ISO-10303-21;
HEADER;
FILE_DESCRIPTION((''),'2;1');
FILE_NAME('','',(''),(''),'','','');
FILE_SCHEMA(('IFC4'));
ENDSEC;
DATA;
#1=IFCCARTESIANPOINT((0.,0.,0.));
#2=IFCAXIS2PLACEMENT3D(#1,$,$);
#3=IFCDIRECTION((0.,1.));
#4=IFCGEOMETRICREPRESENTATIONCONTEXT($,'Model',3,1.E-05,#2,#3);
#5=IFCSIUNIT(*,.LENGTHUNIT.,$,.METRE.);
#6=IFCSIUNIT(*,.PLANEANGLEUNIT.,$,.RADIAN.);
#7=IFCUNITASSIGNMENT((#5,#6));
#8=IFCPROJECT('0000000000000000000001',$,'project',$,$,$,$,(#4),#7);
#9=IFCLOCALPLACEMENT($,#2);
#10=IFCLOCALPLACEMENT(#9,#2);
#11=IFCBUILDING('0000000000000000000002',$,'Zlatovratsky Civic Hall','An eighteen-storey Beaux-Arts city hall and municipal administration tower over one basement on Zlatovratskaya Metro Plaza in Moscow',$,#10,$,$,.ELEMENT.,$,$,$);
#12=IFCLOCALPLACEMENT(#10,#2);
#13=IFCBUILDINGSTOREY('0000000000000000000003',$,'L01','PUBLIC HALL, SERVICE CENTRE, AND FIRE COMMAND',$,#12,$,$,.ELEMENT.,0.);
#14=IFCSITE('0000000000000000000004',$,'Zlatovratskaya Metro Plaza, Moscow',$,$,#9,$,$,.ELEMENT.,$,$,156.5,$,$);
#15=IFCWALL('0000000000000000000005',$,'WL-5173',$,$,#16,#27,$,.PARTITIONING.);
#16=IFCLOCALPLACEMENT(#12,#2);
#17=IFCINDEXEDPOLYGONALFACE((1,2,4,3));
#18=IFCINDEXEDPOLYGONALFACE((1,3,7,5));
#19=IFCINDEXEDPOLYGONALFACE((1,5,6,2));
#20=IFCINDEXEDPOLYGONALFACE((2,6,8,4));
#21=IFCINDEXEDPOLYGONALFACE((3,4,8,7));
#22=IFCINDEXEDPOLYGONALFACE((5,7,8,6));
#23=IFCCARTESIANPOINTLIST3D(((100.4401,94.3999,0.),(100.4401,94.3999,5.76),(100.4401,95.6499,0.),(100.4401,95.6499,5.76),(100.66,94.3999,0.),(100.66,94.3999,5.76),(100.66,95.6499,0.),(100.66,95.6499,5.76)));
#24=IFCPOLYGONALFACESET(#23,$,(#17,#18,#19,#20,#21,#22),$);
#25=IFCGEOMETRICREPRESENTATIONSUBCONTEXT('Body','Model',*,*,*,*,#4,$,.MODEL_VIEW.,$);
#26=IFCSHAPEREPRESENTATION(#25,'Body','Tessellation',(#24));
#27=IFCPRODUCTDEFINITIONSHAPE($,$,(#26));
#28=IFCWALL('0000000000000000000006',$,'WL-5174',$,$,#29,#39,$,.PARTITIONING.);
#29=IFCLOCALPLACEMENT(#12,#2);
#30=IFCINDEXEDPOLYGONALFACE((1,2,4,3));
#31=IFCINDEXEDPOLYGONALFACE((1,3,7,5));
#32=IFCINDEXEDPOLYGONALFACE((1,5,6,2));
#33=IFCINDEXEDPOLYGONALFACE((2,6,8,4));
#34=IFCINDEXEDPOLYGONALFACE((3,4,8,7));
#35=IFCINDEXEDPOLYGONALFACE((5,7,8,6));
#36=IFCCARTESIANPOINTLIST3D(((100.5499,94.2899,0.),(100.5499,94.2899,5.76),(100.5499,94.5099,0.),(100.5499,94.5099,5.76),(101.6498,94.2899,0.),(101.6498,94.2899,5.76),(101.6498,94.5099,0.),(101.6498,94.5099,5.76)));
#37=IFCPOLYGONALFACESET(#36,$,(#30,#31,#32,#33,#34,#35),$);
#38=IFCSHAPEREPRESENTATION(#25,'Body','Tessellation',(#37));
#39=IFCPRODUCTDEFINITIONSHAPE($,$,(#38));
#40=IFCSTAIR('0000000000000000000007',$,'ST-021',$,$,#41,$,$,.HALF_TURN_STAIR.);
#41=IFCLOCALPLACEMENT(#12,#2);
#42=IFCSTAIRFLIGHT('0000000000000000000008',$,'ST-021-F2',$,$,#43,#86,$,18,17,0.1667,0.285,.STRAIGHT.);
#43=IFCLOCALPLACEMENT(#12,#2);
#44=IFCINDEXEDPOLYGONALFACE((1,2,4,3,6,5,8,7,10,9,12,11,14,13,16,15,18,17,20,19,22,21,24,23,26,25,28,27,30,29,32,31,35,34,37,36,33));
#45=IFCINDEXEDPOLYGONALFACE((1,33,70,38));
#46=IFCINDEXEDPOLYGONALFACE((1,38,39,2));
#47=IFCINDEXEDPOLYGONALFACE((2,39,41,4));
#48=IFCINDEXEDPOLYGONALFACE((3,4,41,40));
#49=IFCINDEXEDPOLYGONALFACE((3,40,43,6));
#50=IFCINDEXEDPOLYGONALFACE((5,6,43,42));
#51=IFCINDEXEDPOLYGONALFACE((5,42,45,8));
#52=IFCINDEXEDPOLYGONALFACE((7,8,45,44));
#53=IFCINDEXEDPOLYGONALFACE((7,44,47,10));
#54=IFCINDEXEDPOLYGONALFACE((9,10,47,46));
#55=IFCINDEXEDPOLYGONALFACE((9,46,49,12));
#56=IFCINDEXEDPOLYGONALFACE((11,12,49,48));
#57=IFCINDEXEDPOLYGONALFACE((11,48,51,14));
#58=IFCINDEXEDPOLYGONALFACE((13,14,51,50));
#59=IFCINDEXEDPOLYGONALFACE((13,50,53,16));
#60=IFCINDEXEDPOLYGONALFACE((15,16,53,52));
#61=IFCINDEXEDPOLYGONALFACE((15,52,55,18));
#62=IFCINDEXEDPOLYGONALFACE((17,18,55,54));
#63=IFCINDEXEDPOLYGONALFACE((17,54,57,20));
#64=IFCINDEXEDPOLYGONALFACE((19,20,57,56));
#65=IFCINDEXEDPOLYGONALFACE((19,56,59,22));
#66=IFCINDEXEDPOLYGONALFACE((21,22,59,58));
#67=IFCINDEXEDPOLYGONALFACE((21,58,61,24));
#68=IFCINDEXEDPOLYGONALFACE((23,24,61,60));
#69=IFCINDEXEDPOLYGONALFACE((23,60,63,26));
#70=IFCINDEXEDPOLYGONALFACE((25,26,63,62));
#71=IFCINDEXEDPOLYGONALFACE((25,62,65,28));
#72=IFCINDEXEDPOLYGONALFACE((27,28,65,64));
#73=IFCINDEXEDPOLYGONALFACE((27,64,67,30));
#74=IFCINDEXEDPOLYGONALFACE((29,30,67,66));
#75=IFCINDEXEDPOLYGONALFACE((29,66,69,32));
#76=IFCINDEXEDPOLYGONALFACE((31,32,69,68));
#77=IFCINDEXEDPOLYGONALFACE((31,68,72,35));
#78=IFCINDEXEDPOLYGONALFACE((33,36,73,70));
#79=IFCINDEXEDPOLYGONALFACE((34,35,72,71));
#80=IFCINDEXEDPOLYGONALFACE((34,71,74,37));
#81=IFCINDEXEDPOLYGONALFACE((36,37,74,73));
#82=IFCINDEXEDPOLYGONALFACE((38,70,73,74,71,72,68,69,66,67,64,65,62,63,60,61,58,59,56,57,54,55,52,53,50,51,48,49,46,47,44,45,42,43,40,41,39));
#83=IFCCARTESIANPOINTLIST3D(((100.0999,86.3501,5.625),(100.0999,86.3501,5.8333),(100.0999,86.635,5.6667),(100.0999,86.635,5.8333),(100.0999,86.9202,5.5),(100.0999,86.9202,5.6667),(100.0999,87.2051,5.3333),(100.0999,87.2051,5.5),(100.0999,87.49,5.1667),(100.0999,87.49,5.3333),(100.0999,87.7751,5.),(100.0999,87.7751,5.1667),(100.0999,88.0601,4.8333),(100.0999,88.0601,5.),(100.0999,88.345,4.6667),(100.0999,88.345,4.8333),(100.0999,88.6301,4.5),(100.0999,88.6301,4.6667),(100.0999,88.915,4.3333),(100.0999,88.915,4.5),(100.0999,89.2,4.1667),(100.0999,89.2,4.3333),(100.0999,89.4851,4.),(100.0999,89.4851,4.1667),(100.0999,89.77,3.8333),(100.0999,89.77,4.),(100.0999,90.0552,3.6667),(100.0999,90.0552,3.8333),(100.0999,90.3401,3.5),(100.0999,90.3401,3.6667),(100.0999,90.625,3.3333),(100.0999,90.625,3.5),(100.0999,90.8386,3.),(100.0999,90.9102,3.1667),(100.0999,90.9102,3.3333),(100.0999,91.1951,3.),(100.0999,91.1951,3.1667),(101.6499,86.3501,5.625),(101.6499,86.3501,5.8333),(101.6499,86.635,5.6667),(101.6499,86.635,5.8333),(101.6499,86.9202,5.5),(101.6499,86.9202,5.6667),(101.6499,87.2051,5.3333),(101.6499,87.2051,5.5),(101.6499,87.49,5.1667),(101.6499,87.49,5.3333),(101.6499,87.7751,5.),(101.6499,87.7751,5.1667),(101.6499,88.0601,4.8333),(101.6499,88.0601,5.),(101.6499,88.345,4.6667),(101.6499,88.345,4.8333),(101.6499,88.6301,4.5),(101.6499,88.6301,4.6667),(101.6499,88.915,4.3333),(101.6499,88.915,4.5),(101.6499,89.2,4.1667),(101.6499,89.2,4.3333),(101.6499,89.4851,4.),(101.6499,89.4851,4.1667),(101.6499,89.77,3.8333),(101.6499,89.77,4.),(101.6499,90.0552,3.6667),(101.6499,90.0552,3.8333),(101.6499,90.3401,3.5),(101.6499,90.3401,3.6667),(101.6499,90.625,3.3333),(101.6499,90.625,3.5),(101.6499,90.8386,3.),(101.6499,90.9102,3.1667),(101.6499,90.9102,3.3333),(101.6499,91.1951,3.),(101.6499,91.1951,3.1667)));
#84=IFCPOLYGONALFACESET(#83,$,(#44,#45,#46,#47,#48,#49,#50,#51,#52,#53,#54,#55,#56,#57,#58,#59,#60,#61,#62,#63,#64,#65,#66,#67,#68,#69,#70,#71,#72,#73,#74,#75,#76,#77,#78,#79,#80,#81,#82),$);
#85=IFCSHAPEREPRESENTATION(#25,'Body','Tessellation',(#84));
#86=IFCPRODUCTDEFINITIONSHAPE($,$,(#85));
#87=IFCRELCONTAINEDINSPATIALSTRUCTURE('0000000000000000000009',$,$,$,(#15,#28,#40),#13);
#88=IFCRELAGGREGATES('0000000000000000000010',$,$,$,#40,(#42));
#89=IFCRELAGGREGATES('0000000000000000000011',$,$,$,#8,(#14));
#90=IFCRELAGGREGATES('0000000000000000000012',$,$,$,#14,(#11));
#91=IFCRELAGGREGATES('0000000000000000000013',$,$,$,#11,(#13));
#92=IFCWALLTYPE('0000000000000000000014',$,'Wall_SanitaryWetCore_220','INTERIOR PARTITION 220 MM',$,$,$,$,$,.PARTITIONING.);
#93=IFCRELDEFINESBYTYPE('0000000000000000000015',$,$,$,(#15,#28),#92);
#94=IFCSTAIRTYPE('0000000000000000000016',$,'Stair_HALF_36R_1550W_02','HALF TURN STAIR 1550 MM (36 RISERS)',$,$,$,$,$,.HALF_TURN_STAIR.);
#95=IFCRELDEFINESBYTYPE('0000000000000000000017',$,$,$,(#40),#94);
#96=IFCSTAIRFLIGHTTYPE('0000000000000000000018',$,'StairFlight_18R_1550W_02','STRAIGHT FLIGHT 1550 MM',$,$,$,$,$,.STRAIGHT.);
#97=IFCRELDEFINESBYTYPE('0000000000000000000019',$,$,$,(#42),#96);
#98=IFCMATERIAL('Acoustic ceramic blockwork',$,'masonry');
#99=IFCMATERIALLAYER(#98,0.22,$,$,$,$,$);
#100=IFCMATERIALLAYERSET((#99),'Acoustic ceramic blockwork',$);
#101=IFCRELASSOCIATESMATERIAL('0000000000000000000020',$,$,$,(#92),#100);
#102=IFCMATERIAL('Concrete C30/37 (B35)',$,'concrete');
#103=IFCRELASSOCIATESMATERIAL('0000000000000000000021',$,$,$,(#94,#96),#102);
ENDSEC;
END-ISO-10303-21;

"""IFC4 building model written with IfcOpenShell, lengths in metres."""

from ifc_helpers import new_model, si_unit, direction, frame, frame_2d, origin, place, context, subcontext, project, spatial, polyline, rectangle, outline, extrude, material, layer, layer_set, type_object, element, aggregate, save


model = new_model("IFC4")

# Units and contexts
model_context = context("Model", 3, precision=1e-05, world=origin(), true_north=direction((0.0, 1.0)))
body_context = subcontext(model_context, "Body", "Model", "MODEL_VIEW")
ifc_project = project(units=[si_unit("LENGTHUNIT", "METRE"), si_unit("PLANEANGLEUNIT", "RADIAN")], contexts=[model_context])

# Site, building, storey
site_placement = place(None, origin())
site = spatial("IfcSite", under=ifc_project, at=site_placement, Name="Zlatovratskaya Metro Plaza, Moscow", CompositionType="ELEMENT", RefElevation=156.5)
building_placement = place(site_placement, origin())
building = spatial("IfcBuilding", under=site, at=building_placement, Name="Zlatovratsky Civic Hall", Description="An eighteen-storey Beaux-Arts city hall and municipal administration tower over one basement on Zlatovratskaya Metro Plaza in Moscow", CompositionType="ELEMENT")
storey_placement = place(building_placement, origin())
storey = spatial("IfcBuildingStorey", under=building, at=storey_placement, Name="L01", Description="PUBLIC HALL, SERVICE CENTRE, AND FIRE COMMAND", CompositionType="ELEMENT", Elevation=0.0)

# Walls
ifc_material_1 = material(Name="Acoustic ceramic blockwork", Category="masonry")
ifc_layer = layer(ifc_material_1, 0.22)
ifc_layer_set = layer_set([ifc_layer], Name="Acoustic ceramic blockwork")
wall_type = type_object("IfcWallType", Name="Wall_SanitaryWetCore_220", Description="INTERIOR PARTITION 220 MM", PredefinedType="PARTITIONING", material=ifc_layer_set)
for number, where, z_axis, x_axis, name in (
    (1, (100.55, 94.3999, 0.0), (0.0, 0.0, 1.0), (0.0, 1.0, 0.0), "WL-5173"),
):
    element("IfcWall", number, at=place(storey_placement, frame(where, z_axis=z_axis, x_axis=x_axis)), inside=storey, type_object=wall_type, Name=name, PredefinedType="PARTITIONING", context=body_context, shape_type="SweptSolid", body=[
        extrude(rectangle(XDim=1.25, YDim=0.22, at=frame_2d((0.625, 0.0))), origin(), (0.0, 0.0, 1.0), 5.76),
    ])
wall_placement = place(storey_placement, frame((100.55, 94.3999, 0.0), z_axis=(0.0, 0.0, 1.0), x_axis=(1.0, 0.0, 0.0)))
element("IfcWall", 2, at=wall_placement, inside=storey, type_object=wall_type, Name="WL-5174", PredefinedType="PARTITIONING", context=body_context, shape_type="SweptSolid", body=[
    extrude(rectangle(XDim=1.0999, YDim=0.22, at=frame_2d((0.5498, 0.0))), origin(), (0.0, 0.0, 1.0), 5.76),
])

# Stair, stair flight
ifc_material_2 = material(Name="Concrete C30/37 (B35)", Category="concrete")
stair_type = type_object("IfcStairType", Name="Stair_HALF_36R_1550W_02", Description="HALF TURN STAIR 1550 MM (36 RISERS)", PredefinedType="HALF_TURN_STAIR", material=ifc_material_2)
stair_placement = place(storey_placement, origin())
stair = element("IfcStair", 3, at=stair_placement, inside=storey, type_object=stair_type, Name="ST-021", PredefinedType="HALF_TURN_STAIR")
stair_flight_type = type_object("IfcStairFlightType", Name="StairFlight_18R_1550W_02", Description="STRAIGHT FLIGHT 1550 MM", PredefinedType="STRAIGHT", material=ifc_material_2)
stair_flight_placement = place(storey_placement, frame((100.875, 91.1951, 3.0), z_axis=(0.0, 0.0, 1.0), x_axis=(0.0, -1.0, 0.0)))
stair_flight = element("IfcStairFlight", 4, at=stair_flight_placement, type_object=stair_flight_type, Name="ST-021-F2", NumberOfRisers=18, NumberOfTreads=17, PredefinedType="STRAIGHT", RiserHeight=0.1667, TreadLength=0.285, context=body_context, shape_type="SweptSolid", body=[
    extrude(outline(polyline([(0.0, 0.0), (0.0, 0.1667), (0.2849, 0.1667), (0.2849, 0.3333), (0.5701, 0.3333), (0.5701, 0.5), (0.855, 0.5), (0.855, 0.6667), (1.1399, 0.6667), (1.1399, 0.8333), (1.425, 0.8333), (1.425, 1.0), (1.71, 1.0), (1.71, 1.1667), (1.9951, 1.1667), (1.9951, 1.3333), (2.28, 1.3333), (2.28, 1.5), (2.5649, 1.5), (2.5649, 1.6667), (2.8501, 1.6667), (2.8501, 1.8333), (3.135, 1.8333), (3.135, 2.0), (3.4199, 2.0), (3.4199, 2.1667), (3.7051, 2.1667), (3.7051, 2.3333), (3.99, 2.3333), (3.99, 2.5), (4.2749, 2.5), (4.2749, 2.6667), (4.5601, 2.6667), (4.5601, 2.8333), (4.845, 2.8333), (4.845, 3.0), (4.845, 2.625), (0.3564, 0.0), (0.0, 0.0)])), frame((0.0, 0.7749, 0.0), z_axis=(0.0, -1.0, 0.0), x_axis=(1.0, 0.0, 0.0)), (0.0, 0.0, 1.0), 1.55),
])
aggregate(stair, [stair_flight])

save(model, "model.ifc")
